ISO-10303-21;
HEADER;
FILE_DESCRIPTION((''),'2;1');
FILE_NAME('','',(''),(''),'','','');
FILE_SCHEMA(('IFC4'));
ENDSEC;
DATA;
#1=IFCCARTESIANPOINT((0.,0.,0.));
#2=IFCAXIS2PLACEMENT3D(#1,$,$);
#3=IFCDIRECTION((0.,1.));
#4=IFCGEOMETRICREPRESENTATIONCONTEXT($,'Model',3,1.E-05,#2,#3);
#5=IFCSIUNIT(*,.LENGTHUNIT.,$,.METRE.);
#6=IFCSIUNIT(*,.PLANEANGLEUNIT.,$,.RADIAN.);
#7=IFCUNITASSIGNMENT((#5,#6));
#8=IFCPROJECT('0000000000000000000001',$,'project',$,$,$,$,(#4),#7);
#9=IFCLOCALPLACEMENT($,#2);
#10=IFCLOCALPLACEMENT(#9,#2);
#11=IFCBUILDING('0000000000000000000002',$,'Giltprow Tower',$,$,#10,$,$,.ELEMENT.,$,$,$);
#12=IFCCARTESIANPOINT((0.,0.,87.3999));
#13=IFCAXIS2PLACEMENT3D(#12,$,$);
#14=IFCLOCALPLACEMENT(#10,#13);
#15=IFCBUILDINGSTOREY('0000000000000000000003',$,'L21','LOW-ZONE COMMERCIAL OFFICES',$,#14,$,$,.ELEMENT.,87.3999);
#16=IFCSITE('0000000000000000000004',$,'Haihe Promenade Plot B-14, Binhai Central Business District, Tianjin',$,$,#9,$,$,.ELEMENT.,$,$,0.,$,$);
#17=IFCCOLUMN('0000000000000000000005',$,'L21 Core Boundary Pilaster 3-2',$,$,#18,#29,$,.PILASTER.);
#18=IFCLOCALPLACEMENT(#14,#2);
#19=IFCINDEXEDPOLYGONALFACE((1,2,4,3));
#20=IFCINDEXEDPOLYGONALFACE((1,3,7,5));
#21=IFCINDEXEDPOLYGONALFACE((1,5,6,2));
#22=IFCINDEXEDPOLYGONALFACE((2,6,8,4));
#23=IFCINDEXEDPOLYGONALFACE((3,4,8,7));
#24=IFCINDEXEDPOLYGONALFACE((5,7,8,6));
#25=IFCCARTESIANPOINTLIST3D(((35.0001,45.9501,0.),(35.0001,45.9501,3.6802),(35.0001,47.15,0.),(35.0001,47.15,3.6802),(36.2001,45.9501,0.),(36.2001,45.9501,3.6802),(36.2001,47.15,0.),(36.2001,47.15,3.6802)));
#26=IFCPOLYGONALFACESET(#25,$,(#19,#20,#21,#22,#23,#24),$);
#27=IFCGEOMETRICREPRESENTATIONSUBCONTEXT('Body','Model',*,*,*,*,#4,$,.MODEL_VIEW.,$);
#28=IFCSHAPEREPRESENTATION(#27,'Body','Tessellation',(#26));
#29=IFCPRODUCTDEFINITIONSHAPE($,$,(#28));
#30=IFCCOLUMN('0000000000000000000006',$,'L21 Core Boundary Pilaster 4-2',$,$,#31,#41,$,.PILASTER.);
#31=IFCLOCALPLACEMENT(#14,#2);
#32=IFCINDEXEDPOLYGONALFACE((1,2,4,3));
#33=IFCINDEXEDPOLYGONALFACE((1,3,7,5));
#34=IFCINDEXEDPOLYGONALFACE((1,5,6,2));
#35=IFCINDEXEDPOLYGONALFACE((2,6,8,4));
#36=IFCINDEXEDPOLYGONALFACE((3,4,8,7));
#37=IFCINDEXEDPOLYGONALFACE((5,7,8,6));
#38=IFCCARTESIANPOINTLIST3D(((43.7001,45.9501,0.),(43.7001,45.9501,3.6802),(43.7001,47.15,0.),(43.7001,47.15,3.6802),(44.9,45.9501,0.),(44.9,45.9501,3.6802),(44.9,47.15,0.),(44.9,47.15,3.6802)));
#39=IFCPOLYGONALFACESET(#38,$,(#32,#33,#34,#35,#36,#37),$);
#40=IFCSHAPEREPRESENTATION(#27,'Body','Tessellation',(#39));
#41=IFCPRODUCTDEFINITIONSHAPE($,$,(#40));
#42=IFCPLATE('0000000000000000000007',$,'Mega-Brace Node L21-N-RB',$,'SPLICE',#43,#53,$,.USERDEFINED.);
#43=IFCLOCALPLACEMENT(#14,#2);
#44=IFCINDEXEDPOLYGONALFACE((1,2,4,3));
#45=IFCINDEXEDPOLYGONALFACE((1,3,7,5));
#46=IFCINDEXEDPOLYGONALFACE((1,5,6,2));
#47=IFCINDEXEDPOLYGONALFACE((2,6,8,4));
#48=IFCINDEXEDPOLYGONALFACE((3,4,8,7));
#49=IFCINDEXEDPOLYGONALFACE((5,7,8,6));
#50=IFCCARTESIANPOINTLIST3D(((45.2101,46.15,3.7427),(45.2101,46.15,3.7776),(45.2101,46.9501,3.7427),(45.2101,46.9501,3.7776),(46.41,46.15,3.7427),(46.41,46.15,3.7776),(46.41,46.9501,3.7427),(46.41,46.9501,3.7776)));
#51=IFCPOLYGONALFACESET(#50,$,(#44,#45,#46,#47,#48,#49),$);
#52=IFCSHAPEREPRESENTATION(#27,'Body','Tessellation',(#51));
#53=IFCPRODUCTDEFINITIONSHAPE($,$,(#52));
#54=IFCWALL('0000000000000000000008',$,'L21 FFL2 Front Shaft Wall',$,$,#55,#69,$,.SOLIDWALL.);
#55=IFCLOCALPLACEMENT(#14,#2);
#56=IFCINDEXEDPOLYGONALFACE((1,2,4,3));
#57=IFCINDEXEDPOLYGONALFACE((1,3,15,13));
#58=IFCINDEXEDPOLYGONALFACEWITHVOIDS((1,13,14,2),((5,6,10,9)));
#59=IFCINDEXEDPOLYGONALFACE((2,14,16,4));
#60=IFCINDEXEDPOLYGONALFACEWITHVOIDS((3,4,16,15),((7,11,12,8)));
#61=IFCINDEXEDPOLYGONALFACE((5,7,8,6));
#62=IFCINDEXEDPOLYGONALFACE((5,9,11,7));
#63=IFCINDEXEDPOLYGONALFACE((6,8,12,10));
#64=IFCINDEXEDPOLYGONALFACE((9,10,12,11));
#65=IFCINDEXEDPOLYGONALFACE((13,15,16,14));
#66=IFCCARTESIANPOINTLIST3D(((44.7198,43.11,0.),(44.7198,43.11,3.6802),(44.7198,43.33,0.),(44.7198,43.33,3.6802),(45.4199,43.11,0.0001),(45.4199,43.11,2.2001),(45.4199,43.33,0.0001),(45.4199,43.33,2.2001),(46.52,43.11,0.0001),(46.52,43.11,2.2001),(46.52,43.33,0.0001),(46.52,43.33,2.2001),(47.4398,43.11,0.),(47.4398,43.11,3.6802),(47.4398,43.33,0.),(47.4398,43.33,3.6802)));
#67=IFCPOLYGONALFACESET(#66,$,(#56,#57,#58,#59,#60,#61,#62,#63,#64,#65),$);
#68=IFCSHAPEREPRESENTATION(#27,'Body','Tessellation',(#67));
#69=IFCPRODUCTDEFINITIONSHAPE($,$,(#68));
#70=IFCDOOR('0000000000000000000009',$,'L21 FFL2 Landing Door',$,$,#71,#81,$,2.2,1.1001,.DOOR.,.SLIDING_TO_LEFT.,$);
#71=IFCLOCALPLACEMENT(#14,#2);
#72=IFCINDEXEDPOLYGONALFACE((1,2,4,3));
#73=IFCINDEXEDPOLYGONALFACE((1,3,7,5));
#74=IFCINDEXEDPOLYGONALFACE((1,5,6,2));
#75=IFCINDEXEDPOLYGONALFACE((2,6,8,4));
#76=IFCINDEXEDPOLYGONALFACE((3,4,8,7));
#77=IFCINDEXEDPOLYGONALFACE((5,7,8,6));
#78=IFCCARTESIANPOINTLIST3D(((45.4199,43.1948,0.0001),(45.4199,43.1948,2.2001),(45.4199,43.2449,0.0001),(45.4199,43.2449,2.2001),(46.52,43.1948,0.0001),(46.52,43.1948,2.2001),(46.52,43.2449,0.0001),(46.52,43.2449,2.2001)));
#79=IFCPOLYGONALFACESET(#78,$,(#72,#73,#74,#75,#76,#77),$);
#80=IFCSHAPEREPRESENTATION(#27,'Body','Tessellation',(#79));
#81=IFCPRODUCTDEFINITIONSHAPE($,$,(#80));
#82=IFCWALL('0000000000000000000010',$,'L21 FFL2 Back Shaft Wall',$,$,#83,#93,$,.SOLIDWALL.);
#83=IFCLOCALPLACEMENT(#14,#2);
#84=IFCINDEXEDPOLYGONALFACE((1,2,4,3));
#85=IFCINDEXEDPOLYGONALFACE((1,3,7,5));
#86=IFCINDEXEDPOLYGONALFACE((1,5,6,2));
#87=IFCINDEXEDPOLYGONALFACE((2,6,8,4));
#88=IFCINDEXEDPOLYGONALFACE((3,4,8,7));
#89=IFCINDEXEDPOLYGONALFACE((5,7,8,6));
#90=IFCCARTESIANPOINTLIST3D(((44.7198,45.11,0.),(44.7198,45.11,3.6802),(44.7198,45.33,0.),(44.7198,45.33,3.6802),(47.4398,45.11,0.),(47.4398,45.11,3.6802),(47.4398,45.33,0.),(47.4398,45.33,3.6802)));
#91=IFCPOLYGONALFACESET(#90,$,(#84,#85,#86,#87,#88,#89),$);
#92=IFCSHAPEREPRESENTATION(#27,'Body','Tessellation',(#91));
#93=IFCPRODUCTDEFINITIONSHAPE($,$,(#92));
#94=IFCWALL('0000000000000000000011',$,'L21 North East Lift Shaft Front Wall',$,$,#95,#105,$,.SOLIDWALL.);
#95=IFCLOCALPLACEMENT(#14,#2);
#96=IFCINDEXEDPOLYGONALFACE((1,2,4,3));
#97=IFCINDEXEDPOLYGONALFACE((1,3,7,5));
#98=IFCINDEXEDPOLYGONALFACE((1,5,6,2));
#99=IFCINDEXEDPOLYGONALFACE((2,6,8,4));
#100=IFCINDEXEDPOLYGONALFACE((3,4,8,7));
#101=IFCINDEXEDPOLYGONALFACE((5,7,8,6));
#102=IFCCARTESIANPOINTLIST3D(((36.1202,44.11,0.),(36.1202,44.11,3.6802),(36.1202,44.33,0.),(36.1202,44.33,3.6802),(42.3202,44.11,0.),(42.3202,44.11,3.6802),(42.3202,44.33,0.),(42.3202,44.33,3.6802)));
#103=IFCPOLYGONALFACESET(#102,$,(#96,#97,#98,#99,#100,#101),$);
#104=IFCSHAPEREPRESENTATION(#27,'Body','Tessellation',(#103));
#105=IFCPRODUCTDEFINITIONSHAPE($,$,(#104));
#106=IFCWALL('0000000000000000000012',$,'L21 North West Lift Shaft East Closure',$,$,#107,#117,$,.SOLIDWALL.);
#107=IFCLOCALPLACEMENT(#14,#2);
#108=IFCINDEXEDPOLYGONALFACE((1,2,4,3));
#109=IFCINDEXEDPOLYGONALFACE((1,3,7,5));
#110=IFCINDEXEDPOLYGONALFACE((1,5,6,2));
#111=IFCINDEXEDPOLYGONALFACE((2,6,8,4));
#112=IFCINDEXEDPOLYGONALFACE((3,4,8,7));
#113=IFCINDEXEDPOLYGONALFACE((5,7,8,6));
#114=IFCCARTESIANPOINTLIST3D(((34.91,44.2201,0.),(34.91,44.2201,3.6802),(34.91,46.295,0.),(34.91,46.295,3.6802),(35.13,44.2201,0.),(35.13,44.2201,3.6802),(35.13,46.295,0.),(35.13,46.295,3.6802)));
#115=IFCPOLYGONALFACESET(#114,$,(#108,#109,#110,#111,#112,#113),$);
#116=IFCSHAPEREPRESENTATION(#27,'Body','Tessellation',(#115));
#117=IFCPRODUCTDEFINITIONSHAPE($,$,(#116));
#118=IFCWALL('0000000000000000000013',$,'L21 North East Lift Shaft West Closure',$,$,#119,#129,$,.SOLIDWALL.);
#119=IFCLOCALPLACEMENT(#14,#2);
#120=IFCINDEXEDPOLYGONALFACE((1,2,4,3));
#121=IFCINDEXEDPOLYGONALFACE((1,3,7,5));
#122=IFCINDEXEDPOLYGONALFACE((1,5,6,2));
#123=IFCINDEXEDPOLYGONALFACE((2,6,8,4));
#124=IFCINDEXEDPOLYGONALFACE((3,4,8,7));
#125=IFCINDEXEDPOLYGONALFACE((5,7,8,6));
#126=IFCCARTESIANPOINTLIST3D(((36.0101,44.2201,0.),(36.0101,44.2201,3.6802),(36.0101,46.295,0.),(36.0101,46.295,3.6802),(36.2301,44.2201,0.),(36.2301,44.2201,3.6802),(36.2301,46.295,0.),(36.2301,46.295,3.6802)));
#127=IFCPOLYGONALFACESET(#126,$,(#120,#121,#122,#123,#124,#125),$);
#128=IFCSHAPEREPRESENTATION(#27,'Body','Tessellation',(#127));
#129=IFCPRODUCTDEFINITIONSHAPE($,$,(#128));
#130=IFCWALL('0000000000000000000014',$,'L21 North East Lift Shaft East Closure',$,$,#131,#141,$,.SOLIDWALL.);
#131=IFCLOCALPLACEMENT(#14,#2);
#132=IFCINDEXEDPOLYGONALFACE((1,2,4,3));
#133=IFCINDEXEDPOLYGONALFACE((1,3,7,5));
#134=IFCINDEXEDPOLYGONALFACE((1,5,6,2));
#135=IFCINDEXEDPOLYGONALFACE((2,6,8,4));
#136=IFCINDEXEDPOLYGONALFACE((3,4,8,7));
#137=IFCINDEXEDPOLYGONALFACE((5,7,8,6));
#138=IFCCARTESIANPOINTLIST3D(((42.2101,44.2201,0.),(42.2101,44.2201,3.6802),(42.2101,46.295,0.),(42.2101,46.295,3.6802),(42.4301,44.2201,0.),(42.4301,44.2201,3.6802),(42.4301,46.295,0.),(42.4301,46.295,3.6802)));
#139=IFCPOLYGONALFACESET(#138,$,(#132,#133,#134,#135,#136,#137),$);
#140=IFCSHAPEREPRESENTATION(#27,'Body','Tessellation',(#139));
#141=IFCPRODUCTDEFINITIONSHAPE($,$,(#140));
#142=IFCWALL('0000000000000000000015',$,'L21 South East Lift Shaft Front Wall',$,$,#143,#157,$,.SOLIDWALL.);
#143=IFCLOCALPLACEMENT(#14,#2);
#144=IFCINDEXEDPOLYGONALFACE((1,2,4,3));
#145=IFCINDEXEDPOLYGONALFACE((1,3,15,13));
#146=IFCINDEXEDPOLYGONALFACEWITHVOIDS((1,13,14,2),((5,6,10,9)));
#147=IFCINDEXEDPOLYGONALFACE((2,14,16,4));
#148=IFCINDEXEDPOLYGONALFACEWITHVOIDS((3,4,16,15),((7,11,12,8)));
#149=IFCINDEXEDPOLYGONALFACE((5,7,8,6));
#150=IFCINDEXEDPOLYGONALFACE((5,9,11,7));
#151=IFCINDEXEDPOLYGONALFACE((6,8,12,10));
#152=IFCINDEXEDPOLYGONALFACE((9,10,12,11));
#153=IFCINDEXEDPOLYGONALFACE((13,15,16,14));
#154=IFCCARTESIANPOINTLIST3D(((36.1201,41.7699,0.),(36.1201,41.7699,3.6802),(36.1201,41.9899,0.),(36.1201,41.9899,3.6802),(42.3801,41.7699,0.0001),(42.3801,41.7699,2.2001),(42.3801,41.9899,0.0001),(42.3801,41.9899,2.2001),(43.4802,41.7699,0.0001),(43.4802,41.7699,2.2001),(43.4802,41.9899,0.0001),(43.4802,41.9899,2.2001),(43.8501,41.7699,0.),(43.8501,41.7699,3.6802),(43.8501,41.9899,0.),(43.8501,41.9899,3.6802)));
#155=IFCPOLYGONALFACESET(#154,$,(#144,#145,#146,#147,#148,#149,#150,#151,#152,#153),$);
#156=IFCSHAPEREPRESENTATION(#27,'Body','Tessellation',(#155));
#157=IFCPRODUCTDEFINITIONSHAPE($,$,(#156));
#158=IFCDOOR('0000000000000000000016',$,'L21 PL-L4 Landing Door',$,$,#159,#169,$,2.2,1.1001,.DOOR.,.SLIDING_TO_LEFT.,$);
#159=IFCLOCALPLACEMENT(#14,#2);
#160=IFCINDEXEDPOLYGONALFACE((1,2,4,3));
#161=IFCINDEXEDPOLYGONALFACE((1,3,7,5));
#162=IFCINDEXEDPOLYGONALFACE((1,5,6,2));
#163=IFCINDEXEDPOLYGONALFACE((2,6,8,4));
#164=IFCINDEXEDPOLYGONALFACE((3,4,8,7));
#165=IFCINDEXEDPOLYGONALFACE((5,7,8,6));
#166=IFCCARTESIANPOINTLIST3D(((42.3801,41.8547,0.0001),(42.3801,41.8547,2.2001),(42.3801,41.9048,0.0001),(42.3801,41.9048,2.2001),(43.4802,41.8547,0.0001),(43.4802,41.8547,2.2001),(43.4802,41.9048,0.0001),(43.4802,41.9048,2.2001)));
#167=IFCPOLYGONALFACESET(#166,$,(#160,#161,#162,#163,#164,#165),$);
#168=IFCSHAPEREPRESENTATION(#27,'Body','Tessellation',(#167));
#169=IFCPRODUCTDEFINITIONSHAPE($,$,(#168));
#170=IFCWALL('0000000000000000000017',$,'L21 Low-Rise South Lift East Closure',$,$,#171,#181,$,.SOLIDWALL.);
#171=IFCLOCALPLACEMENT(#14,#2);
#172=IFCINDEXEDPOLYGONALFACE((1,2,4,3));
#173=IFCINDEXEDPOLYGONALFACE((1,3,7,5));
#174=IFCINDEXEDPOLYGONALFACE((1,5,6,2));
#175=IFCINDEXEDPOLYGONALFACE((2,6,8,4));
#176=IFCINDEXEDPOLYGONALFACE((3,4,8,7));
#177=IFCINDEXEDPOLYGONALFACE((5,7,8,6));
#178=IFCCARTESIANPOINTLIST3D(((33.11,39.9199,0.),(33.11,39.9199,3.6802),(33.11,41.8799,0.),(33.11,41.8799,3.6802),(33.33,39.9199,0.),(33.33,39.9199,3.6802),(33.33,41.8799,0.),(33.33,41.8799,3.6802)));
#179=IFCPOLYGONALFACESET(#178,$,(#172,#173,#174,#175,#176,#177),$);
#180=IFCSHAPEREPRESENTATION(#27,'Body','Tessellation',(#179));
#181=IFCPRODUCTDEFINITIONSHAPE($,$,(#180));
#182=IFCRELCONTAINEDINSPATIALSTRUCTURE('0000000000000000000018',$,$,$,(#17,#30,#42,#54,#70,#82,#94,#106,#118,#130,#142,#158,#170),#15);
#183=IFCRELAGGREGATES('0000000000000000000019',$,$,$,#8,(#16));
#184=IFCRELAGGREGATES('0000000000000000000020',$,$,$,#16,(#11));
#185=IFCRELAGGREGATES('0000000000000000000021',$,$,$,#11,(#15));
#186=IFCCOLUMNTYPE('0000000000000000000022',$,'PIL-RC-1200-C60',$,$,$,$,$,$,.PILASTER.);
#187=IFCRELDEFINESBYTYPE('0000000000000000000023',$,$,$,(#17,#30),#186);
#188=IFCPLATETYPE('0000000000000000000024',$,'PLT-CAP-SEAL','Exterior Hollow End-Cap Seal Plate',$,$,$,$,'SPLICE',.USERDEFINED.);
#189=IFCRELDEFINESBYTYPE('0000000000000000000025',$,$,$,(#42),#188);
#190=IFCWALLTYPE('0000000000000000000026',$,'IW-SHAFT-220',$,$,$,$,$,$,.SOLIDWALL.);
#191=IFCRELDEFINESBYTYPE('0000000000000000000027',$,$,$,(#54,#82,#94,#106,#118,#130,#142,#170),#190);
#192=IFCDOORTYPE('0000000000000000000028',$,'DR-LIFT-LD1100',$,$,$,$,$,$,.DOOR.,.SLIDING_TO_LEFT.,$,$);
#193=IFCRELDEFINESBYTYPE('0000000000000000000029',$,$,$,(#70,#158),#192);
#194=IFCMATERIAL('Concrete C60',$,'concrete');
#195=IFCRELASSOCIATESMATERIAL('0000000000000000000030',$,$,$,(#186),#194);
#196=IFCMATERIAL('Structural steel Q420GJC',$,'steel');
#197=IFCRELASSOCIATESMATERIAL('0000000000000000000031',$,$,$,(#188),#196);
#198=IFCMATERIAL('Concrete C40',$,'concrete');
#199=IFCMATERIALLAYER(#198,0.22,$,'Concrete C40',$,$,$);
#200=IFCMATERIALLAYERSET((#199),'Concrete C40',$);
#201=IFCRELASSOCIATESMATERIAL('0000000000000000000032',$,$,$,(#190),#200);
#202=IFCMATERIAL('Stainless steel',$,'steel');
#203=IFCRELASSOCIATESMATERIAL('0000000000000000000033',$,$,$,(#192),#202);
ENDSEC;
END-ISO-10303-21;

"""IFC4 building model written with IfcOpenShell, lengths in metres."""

from ifc_helpers import new_model, si_unit, direction, frame, frame_2d, origin, origin_2d, place, context, subcontext, project, spatial, rectangle, extrude, source, transform, mapped, material, layer, layer_set, material_profile, profile_set, type_object, element, fill, save


model = new_model("IFC4")

# Units and contexts
model_context = context("Model", 3, precision=1e-05, world=origin(), true_north=direction((0.0, 1.0)))
body_context = subcontext(model_context, "Body", "Model", "MODEL_VIEW")
ifc_project = project(units=[si_unit("LENGTHUNIT", "METRE"), si_unit("PLANEANGLEUNIT", "RADIAN")], contexts=[model_context])

# Site, building, storey
site_placement = place(None, origin())
site = spatial("IfcSite", under=ifc_project, at=site_placement, Name="Haihe Promenade Plot B-14, Binhai Central Business District, Tianjin", CompositionType="ELEMENT", RefElevation=0.0)
building_placement = place(site_placement, origin())
building = spatial("IfcBuilding", under=site, at=building_placement, Name="Giltprow Tower", CompositionType="ELEMENT")
storey_placement = place(building_placement, frame((0.0, 0.0, 87.3999)))
storey = spatial("IfcBuildingStorey", under=building, at=storey_placement, Name="L21", Description="LOW-ZONE COMMERCIAL OFFICES", CompositionType="ELEMENT", Elevation=87.3999)

# Columns
ifc_material_1 = material(Name="Concrete C60", Category="concrete")
ifc_material_profile = material_profile(ifc_material_1, rectangle(XDim=1.2, YDim=1.2, at=origin_2d()), Name="RC 1200x1200")
ifc_profile_set = profile_set([ifc_material_profile], Name="Concrete C60")
column_type = type_object("IfcColumnType", Name="PIL-RC-1200-C60", PredefinedType="PILASTER", material=ifc_profile_set)
shared_shape_1 = source(origin(), body_context, "Body", "SweptSolid", [
    extrude(rectangle(XDim=1.2, YDim=1.2, at=origin_2d()), origin(), (0.0, 0.0, 1.0), 3.6802),
])
for number, where, z_axis, x_axis, name in (
    (1, (35.6001, 46.55, 0.0), (0.0, 0.0, 1.0), (1.0, 0.0, 0.0), "L21 Core Boundary Pilaster 3-2"),
    (2, (44.3, 46.55, 0.0), (0.0, 0.0, 1.0), (1.0, 0.0, 0.0), "L21 Core Boundary Pilaster 4-2"),
):
    element("IfcColumn", number, at=place(storey_placement, frame(where, z_axis=z_axis, x_axis=x_axis)), inside=storey, type_object=column_type, Name=name, PredefinedType="PILASTER", context=body_context, shape_type="MappedRepresentation", body=[
        mapped(shared_shape_1, transform((0.0, 0.0, 0.0), x_axis=(1.0, 0.0, 0.0), y_axis=(0.0, 1.0, 0.0), z_axis=(0.0, 0.0, 1.0), scale=1.0)),
    ])

# Plate
ifc_material_2 = material(Name="Structural steel Q420GJC", Category="steel")
plate_type = type_object("IfcPlateType", Name="PLT-CAP-SEAL", Description="Exterior Hollow End-Cap Seal Plate", ElementType="SPLICE", PredefinedType="USERDEFINED", material=ifc_material_2)
shared_shape_2 = source(origin(), body_context, "Body", "SweptSolid", [
    extrude(rectangle(XDim=1.2, YDim=0.8, at=origin_2d()), origin(), (0.0, 0.0, 1.0), 0.0349),
])
plate_placement = place(storey_placement, frame((45.8101, 46.55, 3.7427), z_axis=(0.0, 0.0, 1.0), x_axis=(1.0, 0.0, 0.0)))
element("IfcPlate", 3, at=plate_placement, inside=storey, type_object=plate_type, Name="Mega-Brace Node L21-N-RB", ObjectType="SPLICE", PredefinedType="USERDEFINED", context=body_context, shape_type="MappedRepresentation", body=[
    mapped(shared_shape_2, transform((0.0, 0.0, 0.0), x_axis=(1.0, 0.0, 0.0), y_axis=(0.0, 1.0, 0.0), z_axis=(0.0, 0.0, 1.0), scale=1.0)),
])

# Wall, opening, door
ifc_material_3 = material(Name="Concrete C40", Category="concrete")
ifc_layer_1 = layer(ifc_material_3, 0.22, Name="Concrete C40")
ifc_layer_set_1 = layer_set([ifc_layer_1], Name="Concrete C40")
wall_type_1 = type_object("IfcWallType", Name="IW-SHAFT-220", PredefinedType="SOLIDWALL", material=ifc_layer_set_1)
wall_1_placement = place(storey_placement, frame((44.72, 43.22, 0.0), z_axis=(0.0, 0.0, 1.0), x_axis=(1.0, 0.0, 0.0)))
wall_1 = element("IfcWall", 4, at=wall_1_placement, inside=storey, type_object=wall_type_1, Name="L21 FFL2 Front Shaft Wall", PredefinedType="SOLIDWALL", context=body_context, shape_type="SweptSolid", body=[
    extrude(rectangle(XDim=2.72, YDim=0.22, at=frame_2d((1.3599, 0.0))), origin(), (0.0, 0.0, 1.0), 3.6802),
])
opening_1_placement = place(wall_1_placement, frame((0.7, 0.0, 0.0)))
opening_1 = element("IfcOpeningElement", 5, at=opening_1_placement, cuts=wall_1, PredefinedType="OPENING", context=body_context, shape_type="SweptSolid", body=[
    extrude(rectangle(XDim=1.1001, YDim=2.2, at=frame_2d((0.55, 1.1001))), frame((0.0, 0.1199, 0.0), z_axis=(0.0, -1.0, 0.0), x_axis=(1.0, 0.0, 0.0)), (0.0, 0.0, 1.0), 0.24),
])
ifc_material_4 = material(Name="Stainless steel", Category="steel")
door_type = type_object("IfcDoorType", Name="DR-LIFT-LD1100", OperationType="SLIDING_TO_LEFT", PredefinedType="DOOR", material=ifc_material_4)
shared_shape_3 = source(origin(), body_context, "Body", "SweptSolid", [
    extrude(rectangle(XDim=1.1001, YDim=2.2, at=frame_2d((0.55, 1.1001))), frame((0.0, 0.0249, 0.0), z_axis=(0.0, -1.0, 0.0), x_axis=(1.0, 0.0, 0.0)), (0.0, 0.0, 1.0), 0.05),
])
door_1_placement = place(opening_1_placement, origin())
door_1 = element("IfcDoor", 6, at=door_1_placement, inside=storey, type_object=door_type, Name="L21 FFL2 Landing Door", OperationType="SLIDING_TO_LEFT", OverallHeight=2.2, OverallWidth=1.1001, PredefinedType="DOOR", context=body_context, shape_type="MappedRepresentation", body=[
    mapped(shared_shape_3, transform((0.0, 0.0, 0.0), x_axis=(1.0, 0.0, 0.0), y_axis=(0.0, 1.0, 0.0), z_axis=(0.0, 0.0, 1.0), scale=1.0)),
])
fill(opening_1, door_1)

# Walls
wall_2_placement = place(storey_placement, frame((44.72, 45.22, 0.0), z_axis=(0.0, 0.0, 1.0), x_axis=(1.0, 0.0, 0.0)))
element("IfcWall", 7, at=wall_2_placement, inside=storey, type_object=wall_type_1, Name="L21 FFL2 Back Shaft Wall", PredefinedType="SOLIDWALL", context=body_context, shape_type="SweptSolid", body=[
    extrude(rectangle(XDim=2.72, YDim=0.22, at=frame_2d((1.3599, 0.0))), origin(), (0.0, 0.0, 1.0), 3.6802),
])
wall_3_placement = place(storey_placement, frame((36.1201, 44.22, 0.0), z_axis=(0.0, 0.0, 1.0), x_axis=(1.0, 0.0, 0.0)))
element("IfcWall", 8, at=wall_3_placement, inside=storey, type_object=wall_type_1, Name="L21 North East Lift Shaft Front Wall", PredefinedType="SOLIDWALL", context=body_context, shape_type="SweptSolid", body=[
    extrude(rectangle(XDim=6.2, YDim=0.22, at=frame_2d((3.1001, 0.0))), origin(), (0.0, 0.0, 1.0), 3.6802),
])
for number, where, z_axis, x_axis, name in (
    (9, (35.02, 44.22, 0.0), (0.0, 0.0, 1.0), (0.0, 1.0, 0.0), "L21 North West Lift Shaft East Closure"),
    (10, (36.1201, 44.22, 0.0), (0.0, 0.0, 1.0), (0.0, 1.0, 0.0), "L21 North East Lift Shaft West Closure"),
    (11, (42.3201, 44.22, 0.0), (0.0, 0.0, 1.0), (0.0, 1.0, 0.0), "L21 North East Lift Shaft East Closure"),
):
    element("IfcWall", number, at=place(storey_placement, frame(where, z_axis=z_axis, x_axis=x_axis)), inside=storey, type_object=wall_type_1, Name=name, PredefinedType="SOLIDWALL", context=body_context, shape_type="SweptSolid", body=[
        extrude(rectangle(XDim=2.075, YDim=0.22, at=frame_2d((1.0376, 0.0))), origin(), (0.0, 0.0, 1.0), 3.6802),
    ])

# Wall, opening, door
wall_4_placement = place(storey_placement, frame((36.1201, 41.8799, 0.0), z_axis=(0.0, 0.0, 1.0), x_axis=(1.0, 0.0, 0.0)))
wall_4 = element("IfcWall", 12, at=wall_4_placement, inside=storey, type_object=wall_type_1, Name="L21 South East Lift Shaft Front Wall", PredefinedType="SOLIDWALL", context=body_context, shape_type="SweptSolid", body=[
    extrude(rectangle(XDim=7.73, YDim=0.22, at=frame_2d((3.865, 0.0))), origin(), (0.0, 0.0, 1.0), 3.6802),
])
opening_2_placement = place(wall_4_placement, frame((6.26, 0.0, 0.0)))
opening_2 = element("IfcOpeningElement", 13, at=opening_2_placement, cuts=wall_4, PredefinedType="OPENING", context=body_context, shape_type="SweptSolid", body=[
    extrude(rectangle(XDim=1.1001, YDim=2.2, at=frame_2d((0.55, 1.1001))), frame((0.0, 0.1199, 0.0), z_axis=(0.0, -1.0, 0.0), x_axis=(1.0, 0.0, 0.0)), (0.0, 0.0, 1.0), 0.24),
])
door_2_placement = place(opening_2_placement, origin())
door_2 = element("IfcDoor", 14, at=door_2_placement, inside=storey, type_object=door_type, Name="L21 PL-L4 Landing Door", OperationType="SLIDING_TO_LEFT", OverallHeight=2.2, OverallWidth=1.1001, PredefinedType="DOOR", context=body_context, shape_type="MappedRepresentation", body=[
    mapped(shared_shape_3, transform((0.0, 0.0, 0.0), x_axis=(1.0, 0.0, 0.0), y_axis=(0.0, 1.0, 0.0), z_axis=(0.0, 0.0, 1.0), scale=1.0)),
])
fill(opening_2, door_2)

# Wall
wall_5_placement = place(storey_placement, frame((33.22, 39.9199, 0.0), z_axis=(0.0, 0.0, 1.0), x_axis=(0.0, 1.0, 0.0)))
element("IfcWall", 15, at=wall_5_placement, inside=storey, type_object=wall_type_1, Name="L21 Low-Rise South Lift East Closure", PredefinedType="SOLIDWALL", context=body_context, shape_type="SweptSolid", body=[
    extrude(rectangle(XDim=1.96, YDim=0.22, at=frame_2d((0.98, 0.0))), origin(), (0.0, 0.0, 1.0), 3.6802),
])

save(model, "model.ifc")
